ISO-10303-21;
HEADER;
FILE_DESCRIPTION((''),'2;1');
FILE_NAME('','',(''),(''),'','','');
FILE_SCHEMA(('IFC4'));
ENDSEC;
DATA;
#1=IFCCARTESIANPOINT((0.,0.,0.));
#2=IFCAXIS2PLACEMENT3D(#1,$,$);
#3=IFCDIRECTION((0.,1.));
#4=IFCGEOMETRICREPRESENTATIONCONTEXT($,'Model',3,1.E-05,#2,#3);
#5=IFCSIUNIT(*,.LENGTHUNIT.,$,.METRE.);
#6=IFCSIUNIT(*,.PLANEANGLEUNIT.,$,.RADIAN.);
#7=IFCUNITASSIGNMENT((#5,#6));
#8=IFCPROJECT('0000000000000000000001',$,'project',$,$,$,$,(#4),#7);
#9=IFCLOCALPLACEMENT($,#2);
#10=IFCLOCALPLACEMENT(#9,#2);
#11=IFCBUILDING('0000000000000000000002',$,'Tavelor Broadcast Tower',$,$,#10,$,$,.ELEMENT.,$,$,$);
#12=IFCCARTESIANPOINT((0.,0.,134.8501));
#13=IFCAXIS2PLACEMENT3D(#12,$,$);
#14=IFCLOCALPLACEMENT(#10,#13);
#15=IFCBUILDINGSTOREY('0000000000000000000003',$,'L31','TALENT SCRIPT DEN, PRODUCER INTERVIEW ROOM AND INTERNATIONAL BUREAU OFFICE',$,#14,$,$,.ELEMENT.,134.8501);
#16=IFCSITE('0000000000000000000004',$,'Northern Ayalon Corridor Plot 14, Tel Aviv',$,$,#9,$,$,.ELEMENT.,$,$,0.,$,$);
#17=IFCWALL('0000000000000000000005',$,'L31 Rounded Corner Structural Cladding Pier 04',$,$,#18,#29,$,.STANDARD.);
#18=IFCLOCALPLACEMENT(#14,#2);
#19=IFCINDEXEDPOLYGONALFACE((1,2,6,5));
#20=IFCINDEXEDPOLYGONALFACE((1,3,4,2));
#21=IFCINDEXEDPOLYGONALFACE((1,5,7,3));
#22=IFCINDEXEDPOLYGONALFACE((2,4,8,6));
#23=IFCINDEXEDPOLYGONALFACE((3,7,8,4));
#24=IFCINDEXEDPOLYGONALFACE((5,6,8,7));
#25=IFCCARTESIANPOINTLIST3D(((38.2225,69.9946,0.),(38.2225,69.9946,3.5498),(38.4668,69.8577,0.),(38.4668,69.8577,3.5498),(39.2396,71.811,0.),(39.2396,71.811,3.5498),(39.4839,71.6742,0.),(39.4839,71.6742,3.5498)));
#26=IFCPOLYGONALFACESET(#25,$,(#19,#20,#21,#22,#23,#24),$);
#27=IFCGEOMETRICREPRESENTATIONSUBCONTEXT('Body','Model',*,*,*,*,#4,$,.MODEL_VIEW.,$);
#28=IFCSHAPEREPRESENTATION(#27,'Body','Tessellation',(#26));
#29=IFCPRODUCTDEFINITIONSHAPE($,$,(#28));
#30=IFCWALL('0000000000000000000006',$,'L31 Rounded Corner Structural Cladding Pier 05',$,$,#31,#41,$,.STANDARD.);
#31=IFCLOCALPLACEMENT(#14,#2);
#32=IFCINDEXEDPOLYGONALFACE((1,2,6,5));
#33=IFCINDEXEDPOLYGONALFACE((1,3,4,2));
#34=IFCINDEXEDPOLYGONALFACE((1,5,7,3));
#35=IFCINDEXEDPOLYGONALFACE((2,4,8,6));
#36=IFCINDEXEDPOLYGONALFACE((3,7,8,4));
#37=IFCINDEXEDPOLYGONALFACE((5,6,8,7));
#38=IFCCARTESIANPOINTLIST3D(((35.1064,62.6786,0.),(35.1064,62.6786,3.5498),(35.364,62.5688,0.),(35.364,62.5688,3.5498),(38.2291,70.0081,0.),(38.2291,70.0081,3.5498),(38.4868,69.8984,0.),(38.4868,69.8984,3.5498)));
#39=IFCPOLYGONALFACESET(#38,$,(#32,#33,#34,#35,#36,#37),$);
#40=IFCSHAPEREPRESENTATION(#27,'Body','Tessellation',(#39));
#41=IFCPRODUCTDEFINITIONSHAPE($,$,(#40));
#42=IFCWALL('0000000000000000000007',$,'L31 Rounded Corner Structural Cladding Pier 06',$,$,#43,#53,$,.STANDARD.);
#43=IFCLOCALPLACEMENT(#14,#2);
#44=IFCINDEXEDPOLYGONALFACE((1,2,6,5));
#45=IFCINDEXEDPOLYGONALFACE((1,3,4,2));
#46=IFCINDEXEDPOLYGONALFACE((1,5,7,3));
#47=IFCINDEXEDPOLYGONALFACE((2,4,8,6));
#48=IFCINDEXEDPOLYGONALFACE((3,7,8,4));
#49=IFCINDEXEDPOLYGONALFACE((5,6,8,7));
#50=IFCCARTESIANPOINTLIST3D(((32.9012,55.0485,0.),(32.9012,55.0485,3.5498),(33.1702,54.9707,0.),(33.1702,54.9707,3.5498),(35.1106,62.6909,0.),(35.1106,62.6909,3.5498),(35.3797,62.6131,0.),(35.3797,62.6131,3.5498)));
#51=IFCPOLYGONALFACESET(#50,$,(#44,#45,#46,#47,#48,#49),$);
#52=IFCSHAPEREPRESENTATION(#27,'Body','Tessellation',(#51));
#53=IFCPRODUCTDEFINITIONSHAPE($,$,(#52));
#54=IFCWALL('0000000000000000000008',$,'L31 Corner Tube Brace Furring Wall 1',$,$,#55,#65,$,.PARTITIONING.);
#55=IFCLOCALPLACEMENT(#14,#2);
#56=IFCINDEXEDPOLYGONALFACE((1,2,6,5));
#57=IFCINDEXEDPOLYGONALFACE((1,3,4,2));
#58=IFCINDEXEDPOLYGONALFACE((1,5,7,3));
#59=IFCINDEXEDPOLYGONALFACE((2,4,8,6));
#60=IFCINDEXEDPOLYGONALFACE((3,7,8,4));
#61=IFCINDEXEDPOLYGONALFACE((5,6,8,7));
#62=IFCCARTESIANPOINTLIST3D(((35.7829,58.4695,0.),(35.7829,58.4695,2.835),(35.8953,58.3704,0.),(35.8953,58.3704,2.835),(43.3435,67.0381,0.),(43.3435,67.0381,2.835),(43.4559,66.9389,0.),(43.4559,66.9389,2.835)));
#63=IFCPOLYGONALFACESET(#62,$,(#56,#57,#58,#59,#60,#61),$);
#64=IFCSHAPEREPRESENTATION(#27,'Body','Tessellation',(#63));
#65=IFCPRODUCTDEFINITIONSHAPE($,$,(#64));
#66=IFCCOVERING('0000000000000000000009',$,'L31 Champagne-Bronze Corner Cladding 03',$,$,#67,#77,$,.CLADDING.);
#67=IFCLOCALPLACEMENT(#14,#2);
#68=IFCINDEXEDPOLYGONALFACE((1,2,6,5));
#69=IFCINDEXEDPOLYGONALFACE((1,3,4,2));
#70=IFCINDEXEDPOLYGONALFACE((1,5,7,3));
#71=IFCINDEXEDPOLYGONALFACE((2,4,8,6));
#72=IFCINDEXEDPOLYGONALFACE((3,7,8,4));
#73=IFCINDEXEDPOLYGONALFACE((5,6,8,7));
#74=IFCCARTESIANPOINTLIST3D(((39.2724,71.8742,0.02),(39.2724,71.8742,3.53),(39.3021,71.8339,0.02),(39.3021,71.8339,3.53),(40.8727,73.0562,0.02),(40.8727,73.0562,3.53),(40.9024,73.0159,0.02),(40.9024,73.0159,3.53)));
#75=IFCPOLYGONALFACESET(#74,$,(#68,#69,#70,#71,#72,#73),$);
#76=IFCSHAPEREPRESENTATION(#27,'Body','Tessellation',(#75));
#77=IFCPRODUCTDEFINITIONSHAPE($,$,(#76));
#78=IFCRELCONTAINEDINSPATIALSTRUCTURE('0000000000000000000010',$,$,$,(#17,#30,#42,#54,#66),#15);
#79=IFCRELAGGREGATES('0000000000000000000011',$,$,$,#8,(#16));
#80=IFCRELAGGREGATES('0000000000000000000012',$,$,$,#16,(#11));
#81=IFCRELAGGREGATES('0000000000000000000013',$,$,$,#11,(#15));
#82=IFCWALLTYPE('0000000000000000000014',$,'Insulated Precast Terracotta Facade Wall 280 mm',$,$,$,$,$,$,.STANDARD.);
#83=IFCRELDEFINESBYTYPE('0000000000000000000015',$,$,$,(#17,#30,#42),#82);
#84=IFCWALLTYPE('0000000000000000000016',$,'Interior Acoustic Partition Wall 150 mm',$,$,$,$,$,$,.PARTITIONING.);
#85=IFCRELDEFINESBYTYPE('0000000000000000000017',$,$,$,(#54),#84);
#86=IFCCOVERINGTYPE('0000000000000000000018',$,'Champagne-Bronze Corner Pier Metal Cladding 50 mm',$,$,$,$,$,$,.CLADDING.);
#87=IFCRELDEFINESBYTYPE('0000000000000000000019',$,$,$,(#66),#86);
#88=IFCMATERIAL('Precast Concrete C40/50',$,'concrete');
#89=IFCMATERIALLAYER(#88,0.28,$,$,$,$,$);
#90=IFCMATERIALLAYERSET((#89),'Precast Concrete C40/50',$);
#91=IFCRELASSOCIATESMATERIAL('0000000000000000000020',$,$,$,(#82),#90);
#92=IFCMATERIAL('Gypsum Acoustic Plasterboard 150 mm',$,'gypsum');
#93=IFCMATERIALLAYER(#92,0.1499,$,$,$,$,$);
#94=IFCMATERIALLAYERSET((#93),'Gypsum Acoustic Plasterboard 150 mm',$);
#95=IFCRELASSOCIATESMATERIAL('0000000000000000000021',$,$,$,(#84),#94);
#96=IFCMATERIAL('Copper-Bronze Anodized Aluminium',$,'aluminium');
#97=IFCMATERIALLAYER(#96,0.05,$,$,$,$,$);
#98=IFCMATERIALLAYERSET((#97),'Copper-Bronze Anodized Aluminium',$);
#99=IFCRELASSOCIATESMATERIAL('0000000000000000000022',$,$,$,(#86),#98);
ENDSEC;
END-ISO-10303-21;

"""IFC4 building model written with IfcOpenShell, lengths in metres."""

from ifc_helpers import new_model, si_unit, direction, frame, frame_2d, origin, origin_2d, place, context, subcontext, project, spatial, rectangle, extrude, material, layer, layer_set, type_object, element, save


model = new_model("IFC4")

# Units and contexts
model_context = context("Model", 3, precision=1e-05, world=origin(), true_north=direction((0.0, 1.0)))
body_context = subcontext(model_context, "Body", "Model", "MODEL_VIEW")
ifc_project = project(units=[si_unit("LENGTHUNIT", "METRE"), si_unit("PLANEANGLEUNIT", "RADIAN")], contexts=[model_context])

# Site, building, storey
site_placement = place(None, origin())
site = spatial("IfcSite", under=ifc_project, at=site_placement, Name="Northern Ayalon Corridor Plot 14, Tel Aviv", CompositionType="ELEMENT", RefElevation=0.0)
building_placement = place(site_placement, origin())
building = spatial("IfcBuilding", under=site, at=building_placement, Name="Tavelor Broadcast Tower", CompositionType="ELEMENT")
storey_placement = place(building_placement, frame((0.0, 0.0, 134.8501)))
storey = spatial("IfcBuildingStorey", under=building, at=storey_placement, Name="L31", Description="TALENT SCRIPT DEN, PRODUCER INTERVIEW ROOM AND INTERNATIONAL BUREAU OFFICE", CompositionType="ELEMENT", Elevation=134.8501)

# Walls
ifc_material_1 = material(Name="Precast Concrete C40/50", Category="concrete")
ifc_layer_1 = layer(ifc_material_1, 0.28)
ifc_layer_set_1 = layer_set([ifc_layer_1], Name="Precast Concrete C40/50")
wall_type_1 = type_object("IfcWallType", Name="Insulated Precast Terracotta Facade Wall 280 mm", PredefinedType="STANDARD", material=ifc_layer_set_1)
wall_1_placement = place(storey_placement, frame((39.3618, 71.7427, 0.0), z_axis=(0.0, 0.0, 1.0), x_axis=(-0.488568, -0.872526, 0.0)))
element("IfcWall", 1, at=wall_1_placement, inside=storey, type_object=wall_type_1, Name="L31 Rounded Corner Structural Cladding Pier 04", PredefinedType="STANDARD", context=body_context, shape_type="SweptSolid", body=[
    extrude(rectangle(XDim=2.0818, YDim=0.28, at=frame_2d((1.041, 0.0))), origin(), (0.0, 0.0, 1.0), 3.5498),
])
wall_2_placement = place(storey_placement, frame((38.3579, 69.9531, 0.0), z_axis=(0.0, 0.0, 1.0), x_axis=(-0.391962, -0.919981, 0.0)))
element("IfcWall", 2, at=wall_2_placement, inside=storey, type_object=wall_type_1, Name="L31 Rounded Corner Structural Cladding Pier 05", PredefinedType="STANDARD", context=body_context, shape_type="SweptSolid", body=[
    extrude(rectangle(XDim=7.967, YDim=0.28, at=frame_2d((3.9834, 0.0))), origin(), (0.0, 0.0, 1.0), 3.5498),
])
wall_3_placement = place(storey_placement, frame((35.2451, 62.6519, 0.0), z_axis=(0.0, 0.0, 1.0), x_axis=(-0.277735, -0.960658, 0.0)))
element("IfcWall", 3, at=wall_3_placement, inside=storey, type_object=wall_type_1, Name="L31 Rounded Corner Structural Cladding Pier 06", PredefinedType="STANDARD", context=body_context, shape_type="SweptSolid", body=[
    extrude(rectangle(XDim=7.9553, YDim=0.28, at=frame_2d((3.9775, 0.0))), origin(), (0.0, 0.0, 1.0), 3.5498),
])
ifc_material_2 = material(Name="Gypsum Acoustic Plasterboard 150 mm", Category="gypsum")
ifc_layer_2 = layer(ifc_material_2, 0.1499)
ifc_layer_set_2 = layer_set([ifc_layer_2], Name="Gypsum Acoustic Plasterboard 150 mm")
wall_type_2 = type_object("IfcWallType", Name="Interior Acoustic Partition Wall 150 mm", PredefinedType="PARTITIONING", material=ifc_layer_set_2)
wall_4_placement = place(storey_placement, frame((43.3997, 66.9885, 0.0), z_axis=(0.0, 0.0, 1.0), x_axis=(-0.661622, -0.749837, 0.0)))
element("IfcWall", 4, at=wall_4_placement, inside=storey, type_object=wall_type_2, Name="L31 Corner Tube Brace Furring Wall 1", PredefinedType="PARTITIONING", context=body_context, shape_type="SweptSolid", body=[
    extrude(rectangle(XDim=11.4272, YDim=0.1499, at=frame_2d((5.7136, 0.0))), origin(), (0.0, 0.0, 1.0), 2.835),
])

# Covering
ifc_material_3 = material(Name="Copper-Bronze Anodized Aluminium", Category="aluminium")
ifc_layer_3 = layer(ifc_material_3, 0.05)
ifc_layer_set_3 = layer_set([ifc_layer_3], Name="Copper-Bronze Anodized Aluminium")
covering_type = type_object("IfcCoveringType", Name="Champagne-Bronze Corner Pier Metal Cladding 50 mm", PredefinedType="CLADDING", material=ifc_layer_set_3)
covering_placement = place(storey_placement, frame((40.0874, 72.4451, 0.02), z_axis=(0.0, 0.0, 1.0), x_axis=(-0.804376, -0.594121, 0.0)))
element("IfcCovering", 5, at=covering_placement, inside=storey, type_object=covering_type, Name="L31 Champagne-Bronze Corner Cladding 03", PredefinedType="CLADDING", context=body_context, shape_type="SweptSolid", body=[
    extrude(rectangle(XDim=1.9895, YDim=0.05, at=origin_2d()), origin(), (0.0, 0.0, 1.0), 3.51),
])

save(model, "model.ifc")
